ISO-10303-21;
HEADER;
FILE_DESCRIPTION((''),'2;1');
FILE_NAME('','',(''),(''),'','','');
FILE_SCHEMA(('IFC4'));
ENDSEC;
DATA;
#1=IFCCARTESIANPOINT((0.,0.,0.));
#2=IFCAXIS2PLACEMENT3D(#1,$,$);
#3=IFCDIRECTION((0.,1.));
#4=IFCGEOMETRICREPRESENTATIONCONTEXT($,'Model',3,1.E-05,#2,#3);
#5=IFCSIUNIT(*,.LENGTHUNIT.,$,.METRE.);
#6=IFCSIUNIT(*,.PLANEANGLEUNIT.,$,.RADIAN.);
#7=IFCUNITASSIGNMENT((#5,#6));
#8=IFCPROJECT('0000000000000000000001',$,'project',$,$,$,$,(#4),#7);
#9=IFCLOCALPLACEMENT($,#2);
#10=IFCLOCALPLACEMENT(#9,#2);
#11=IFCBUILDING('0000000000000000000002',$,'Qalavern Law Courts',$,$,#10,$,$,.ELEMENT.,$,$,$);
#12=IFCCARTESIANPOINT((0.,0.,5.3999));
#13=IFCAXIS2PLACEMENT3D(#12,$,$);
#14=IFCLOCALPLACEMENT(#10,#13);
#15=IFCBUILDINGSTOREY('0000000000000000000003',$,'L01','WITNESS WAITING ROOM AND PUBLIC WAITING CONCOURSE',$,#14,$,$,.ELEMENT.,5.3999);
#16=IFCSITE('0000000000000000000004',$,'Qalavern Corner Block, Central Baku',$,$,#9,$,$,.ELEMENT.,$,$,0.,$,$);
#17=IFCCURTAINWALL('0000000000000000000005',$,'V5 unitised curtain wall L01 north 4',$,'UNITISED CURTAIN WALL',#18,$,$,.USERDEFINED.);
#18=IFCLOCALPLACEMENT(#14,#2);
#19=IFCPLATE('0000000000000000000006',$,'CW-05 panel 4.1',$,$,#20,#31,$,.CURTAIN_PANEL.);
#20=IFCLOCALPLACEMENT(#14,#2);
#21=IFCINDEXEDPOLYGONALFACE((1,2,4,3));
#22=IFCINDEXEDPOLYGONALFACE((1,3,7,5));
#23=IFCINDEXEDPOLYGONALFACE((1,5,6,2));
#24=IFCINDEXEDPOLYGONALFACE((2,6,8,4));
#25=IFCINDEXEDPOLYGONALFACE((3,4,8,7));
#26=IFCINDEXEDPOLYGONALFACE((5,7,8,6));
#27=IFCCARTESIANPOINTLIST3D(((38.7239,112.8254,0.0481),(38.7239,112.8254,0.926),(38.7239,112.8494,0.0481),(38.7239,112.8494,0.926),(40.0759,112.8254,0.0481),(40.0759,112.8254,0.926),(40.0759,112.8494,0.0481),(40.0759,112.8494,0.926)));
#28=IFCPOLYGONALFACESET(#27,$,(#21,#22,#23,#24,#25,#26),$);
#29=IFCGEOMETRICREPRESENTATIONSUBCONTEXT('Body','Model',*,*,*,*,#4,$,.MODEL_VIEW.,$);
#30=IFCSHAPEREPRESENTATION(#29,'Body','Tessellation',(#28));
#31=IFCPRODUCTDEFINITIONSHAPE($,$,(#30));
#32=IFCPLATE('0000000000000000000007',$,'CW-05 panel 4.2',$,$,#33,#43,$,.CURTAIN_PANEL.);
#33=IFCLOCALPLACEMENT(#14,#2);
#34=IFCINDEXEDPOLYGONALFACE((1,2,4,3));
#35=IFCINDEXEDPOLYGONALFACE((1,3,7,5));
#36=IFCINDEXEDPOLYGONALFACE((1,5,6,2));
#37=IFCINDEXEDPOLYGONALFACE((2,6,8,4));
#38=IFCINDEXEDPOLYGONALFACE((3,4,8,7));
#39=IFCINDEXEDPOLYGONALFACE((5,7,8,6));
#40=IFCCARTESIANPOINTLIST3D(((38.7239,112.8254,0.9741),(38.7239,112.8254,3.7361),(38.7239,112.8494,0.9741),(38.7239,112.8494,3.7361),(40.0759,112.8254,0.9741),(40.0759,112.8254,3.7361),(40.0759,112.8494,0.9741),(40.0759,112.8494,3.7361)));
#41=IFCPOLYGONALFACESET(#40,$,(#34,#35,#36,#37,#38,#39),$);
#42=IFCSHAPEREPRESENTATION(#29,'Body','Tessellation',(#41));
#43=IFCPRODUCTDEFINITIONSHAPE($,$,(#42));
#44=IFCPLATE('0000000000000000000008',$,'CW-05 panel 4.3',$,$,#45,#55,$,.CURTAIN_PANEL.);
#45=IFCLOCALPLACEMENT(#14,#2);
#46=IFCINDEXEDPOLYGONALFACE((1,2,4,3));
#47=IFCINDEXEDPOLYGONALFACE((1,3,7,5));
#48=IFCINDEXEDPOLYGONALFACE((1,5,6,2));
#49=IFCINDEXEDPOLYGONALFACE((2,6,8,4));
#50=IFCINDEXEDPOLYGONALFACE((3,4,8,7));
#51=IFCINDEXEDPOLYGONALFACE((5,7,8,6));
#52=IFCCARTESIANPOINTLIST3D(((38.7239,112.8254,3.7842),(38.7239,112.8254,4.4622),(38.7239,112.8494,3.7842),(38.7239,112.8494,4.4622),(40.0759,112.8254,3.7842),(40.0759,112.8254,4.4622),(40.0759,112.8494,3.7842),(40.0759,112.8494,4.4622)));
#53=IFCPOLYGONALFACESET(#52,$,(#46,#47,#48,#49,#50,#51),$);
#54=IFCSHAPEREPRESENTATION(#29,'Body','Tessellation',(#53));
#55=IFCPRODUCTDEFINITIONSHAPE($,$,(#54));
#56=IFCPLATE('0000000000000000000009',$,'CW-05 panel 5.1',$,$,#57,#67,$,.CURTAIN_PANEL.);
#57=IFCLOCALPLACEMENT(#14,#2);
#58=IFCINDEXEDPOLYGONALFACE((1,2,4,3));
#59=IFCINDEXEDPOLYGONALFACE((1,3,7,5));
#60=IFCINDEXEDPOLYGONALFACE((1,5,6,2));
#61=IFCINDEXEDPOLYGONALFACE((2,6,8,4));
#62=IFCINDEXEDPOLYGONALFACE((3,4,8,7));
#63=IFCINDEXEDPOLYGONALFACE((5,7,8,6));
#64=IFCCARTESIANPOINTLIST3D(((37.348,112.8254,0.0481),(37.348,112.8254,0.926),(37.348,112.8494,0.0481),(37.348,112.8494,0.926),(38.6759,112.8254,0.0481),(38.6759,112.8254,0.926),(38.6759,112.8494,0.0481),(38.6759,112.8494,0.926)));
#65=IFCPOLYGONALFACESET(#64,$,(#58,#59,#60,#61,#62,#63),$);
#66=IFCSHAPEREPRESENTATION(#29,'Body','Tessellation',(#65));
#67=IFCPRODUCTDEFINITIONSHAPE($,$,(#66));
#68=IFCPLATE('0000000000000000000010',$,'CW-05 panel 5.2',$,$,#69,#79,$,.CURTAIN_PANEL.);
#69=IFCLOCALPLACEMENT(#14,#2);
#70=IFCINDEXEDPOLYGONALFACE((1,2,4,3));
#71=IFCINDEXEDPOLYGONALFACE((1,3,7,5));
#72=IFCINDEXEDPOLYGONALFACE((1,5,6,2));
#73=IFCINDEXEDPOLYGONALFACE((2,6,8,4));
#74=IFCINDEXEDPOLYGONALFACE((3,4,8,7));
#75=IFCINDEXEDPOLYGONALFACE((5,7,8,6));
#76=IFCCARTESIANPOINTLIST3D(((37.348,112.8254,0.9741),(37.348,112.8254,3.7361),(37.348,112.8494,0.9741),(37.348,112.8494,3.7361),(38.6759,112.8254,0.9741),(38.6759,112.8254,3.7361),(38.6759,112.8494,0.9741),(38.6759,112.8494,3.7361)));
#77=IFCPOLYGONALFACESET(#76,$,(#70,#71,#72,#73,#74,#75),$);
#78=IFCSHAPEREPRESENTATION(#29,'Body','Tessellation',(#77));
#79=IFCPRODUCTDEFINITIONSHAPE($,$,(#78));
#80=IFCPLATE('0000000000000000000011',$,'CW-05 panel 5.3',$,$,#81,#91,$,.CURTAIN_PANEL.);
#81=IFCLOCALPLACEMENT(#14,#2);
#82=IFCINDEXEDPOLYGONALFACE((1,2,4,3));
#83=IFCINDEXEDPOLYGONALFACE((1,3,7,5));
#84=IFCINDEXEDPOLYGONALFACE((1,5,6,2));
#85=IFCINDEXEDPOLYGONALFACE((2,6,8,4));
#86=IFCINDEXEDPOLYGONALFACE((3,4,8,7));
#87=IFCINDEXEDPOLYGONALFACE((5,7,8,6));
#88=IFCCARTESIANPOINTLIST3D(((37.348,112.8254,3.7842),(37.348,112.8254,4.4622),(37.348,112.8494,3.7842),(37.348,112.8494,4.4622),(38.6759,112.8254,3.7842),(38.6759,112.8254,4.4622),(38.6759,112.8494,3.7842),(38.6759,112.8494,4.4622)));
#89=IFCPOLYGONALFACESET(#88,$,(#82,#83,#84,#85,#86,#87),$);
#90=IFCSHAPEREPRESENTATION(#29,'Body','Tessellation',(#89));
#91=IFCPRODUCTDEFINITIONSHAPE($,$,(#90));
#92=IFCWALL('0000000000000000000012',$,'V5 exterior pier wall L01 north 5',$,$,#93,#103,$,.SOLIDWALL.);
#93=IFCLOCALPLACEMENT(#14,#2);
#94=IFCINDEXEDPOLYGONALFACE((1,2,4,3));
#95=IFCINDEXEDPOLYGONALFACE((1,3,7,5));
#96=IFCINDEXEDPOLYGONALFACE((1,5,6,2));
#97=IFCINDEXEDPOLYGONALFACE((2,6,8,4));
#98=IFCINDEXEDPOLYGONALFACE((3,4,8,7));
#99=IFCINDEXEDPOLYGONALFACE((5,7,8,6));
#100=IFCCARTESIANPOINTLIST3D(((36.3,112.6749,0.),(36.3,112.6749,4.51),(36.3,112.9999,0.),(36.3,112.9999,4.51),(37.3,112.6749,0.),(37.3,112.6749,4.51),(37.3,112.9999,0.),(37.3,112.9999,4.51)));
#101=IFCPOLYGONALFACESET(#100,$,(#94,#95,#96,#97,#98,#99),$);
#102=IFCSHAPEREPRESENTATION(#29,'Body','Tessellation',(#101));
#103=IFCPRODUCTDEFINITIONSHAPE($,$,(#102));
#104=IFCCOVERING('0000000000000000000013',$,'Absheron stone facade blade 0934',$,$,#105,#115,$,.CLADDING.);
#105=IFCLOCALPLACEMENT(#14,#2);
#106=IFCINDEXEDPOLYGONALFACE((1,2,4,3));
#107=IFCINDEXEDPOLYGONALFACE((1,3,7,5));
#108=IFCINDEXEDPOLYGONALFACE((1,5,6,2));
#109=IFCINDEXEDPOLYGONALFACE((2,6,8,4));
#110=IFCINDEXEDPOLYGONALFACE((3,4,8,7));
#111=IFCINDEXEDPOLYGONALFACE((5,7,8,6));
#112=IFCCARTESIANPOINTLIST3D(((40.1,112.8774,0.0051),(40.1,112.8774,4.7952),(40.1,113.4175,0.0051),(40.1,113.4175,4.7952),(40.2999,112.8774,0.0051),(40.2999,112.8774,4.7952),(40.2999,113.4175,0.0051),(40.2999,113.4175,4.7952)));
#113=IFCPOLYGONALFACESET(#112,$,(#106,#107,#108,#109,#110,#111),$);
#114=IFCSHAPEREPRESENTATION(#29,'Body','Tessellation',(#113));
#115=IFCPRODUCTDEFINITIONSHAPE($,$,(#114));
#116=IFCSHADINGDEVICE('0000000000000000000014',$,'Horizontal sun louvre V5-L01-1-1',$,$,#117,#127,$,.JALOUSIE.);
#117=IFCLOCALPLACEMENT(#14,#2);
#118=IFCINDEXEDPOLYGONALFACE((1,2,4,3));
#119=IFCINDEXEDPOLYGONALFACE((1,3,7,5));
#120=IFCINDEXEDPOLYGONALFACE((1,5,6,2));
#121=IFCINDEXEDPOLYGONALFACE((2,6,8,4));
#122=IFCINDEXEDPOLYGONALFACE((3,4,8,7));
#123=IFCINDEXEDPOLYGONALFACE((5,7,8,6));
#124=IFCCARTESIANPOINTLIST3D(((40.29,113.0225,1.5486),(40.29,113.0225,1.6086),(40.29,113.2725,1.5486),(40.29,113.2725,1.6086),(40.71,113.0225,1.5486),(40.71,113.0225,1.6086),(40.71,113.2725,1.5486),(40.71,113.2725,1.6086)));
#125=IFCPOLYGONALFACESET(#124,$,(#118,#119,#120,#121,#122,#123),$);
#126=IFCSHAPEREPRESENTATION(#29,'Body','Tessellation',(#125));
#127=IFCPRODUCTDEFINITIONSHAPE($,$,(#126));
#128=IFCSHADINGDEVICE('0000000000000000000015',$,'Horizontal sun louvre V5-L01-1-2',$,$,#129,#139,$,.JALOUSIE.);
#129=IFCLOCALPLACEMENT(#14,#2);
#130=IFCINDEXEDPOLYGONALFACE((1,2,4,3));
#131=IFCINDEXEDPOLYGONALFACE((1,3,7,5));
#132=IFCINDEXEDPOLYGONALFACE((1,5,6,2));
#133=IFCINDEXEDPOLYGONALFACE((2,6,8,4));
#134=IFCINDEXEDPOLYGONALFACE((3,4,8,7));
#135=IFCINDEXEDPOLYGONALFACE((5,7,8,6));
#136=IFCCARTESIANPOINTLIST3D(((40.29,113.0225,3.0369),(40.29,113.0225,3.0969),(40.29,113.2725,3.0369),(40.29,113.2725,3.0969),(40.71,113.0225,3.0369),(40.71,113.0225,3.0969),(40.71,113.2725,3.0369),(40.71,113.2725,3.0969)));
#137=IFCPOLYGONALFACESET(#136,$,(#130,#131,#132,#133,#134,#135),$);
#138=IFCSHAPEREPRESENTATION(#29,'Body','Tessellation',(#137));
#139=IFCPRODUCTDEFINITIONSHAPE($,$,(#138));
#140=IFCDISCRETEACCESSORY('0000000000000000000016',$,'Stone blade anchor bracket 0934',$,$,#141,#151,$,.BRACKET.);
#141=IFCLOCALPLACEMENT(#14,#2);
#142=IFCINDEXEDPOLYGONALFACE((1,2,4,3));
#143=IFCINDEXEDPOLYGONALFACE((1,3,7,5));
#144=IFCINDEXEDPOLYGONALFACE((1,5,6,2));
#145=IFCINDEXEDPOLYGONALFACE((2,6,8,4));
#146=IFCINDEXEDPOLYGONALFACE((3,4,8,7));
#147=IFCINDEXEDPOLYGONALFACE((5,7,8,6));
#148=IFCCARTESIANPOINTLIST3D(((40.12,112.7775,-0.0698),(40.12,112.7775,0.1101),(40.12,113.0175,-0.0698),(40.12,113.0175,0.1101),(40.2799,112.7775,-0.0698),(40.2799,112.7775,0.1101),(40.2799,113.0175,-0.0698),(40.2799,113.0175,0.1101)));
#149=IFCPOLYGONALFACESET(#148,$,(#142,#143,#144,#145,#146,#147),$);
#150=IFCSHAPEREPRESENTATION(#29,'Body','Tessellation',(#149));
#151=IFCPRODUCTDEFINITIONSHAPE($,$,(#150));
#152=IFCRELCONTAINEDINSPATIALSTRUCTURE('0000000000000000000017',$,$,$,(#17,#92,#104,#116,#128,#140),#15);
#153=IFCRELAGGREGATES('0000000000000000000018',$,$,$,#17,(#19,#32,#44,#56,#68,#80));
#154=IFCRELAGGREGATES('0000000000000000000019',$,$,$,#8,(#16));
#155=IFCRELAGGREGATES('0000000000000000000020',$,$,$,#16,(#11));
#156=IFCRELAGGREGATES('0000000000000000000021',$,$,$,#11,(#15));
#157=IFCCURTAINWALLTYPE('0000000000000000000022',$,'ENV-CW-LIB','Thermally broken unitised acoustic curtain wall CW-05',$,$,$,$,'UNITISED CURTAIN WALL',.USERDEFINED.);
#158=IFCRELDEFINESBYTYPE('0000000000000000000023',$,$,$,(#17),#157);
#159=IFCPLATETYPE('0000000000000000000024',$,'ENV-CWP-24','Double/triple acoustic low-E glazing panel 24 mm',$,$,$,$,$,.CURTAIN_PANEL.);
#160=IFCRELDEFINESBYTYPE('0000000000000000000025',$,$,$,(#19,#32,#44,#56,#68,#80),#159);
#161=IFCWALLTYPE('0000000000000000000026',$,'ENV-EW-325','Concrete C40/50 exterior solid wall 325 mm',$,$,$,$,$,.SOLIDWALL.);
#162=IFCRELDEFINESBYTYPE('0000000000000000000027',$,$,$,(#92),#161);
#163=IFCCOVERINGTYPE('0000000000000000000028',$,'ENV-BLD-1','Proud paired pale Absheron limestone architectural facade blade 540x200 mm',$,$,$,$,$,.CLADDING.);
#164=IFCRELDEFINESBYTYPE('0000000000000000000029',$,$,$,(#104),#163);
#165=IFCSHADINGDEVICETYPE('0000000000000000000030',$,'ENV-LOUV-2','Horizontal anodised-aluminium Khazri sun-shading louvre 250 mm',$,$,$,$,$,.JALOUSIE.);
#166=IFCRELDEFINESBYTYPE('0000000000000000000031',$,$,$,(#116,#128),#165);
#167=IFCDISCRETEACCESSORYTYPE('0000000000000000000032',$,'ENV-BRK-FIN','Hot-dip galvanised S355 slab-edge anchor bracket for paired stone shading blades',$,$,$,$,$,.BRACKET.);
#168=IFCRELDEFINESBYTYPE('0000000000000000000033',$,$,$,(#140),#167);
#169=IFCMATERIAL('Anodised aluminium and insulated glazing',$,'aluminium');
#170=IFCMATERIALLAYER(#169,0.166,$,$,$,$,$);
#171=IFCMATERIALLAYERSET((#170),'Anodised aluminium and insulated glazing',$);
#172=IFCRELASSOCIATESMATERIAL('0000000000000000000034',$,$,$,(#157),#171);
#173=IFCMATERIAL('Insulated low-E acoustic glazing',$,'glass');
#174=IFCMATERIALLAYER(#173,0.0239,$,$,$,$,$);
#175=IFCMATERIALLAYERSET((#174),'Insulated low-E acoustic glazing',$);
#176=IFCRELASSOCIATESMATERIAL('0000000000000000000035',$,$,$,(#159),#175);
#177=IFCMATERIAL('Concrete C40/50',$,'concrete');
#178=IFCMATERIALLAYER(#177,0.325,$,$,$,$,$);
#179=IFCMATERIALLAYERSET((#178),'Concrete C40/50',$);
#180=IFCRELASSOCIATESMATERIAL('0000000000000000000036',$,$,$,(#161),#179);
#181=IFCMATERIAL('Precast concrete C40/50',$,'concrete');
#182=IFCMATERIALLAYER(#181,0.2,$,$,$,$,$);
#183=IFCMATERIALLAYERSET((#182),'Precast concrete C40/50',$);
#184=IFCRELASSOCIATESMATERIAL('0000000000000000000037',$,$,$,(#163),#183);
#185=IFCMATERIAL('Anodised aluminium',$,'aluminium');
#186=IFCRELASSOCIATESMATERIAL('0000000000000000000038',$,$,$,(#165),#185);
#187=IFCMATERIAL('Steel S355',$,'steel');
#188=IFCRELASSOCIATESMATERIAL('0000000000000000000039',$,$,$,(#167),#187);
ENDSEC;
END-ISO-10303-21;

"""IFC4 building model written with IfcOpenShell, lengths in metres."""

from ifc_helpers import new_model, si_unit, direction, frame, frame_2d, origin, origin_2d, place, context, subcontext, project, spatial, rectangle, extrude, material, layer, layer_set, type_object, element, aggregate, save


model = new_model("IFC4")

# Units and contexts
model_context = context("Model", 3, precision=1e-05, world=origin(), true_north=direction((0.0, 1.0)))
body_context = subcontext(model_context, "Body", "Model", "MODEL_VIEW")
ifc_project = project(units=[si_unit("LENGTHUNIT", "METRE"), si_unit("PLANEANGLEUNIT", "RADIAN")], contexts=[model_context])

# Site, building, storey
site_placement = place(None, origin())
site = spatial("IfcSite", under=ifc_project, at=site_placement, Name="Qalavern Corner Block, Central Baku", CompositionType="ELEMENT", RefElevation=0.0)
building_placement = place(site_placement, origin())
building = spatial("IfcBuilding", under=site, at=building_placement, Name="Qalavern Law Courts", CompositionType="ELEMENT")
storey_placement = place(building_placement, frame((0.0, 0.0, 5.3999)))
storey = spatial("IfcBuildingStorey", under=building, at=storey_placement, Name="L01", Description="WITNESS WAITING ROOM AND PUBLIC WAITING CONCOURSE", CompositionType="ELEMENT", Elevation=5.3999)

# Curtain wall, plates
ifc_material_1 = material(Name="Anodised aluminium and insulated glazing", Category="aluminium")
ifc_layer_1 = layer(ifc_material_1, 0.166)
ifc_layer_set_1 = layer_set([ifc_layer_1], Name="Anodised aluminium and insulated glazing")
curtain_wall_type = type_object("IfcCurtainWallType", Name="ENV-CW-LIB", Description="Thermally broken unitised acoustic curtain wall CW-05", ElementType="UNITISED CURTAIN WALL", PredefinedType="USERDEFINED", material=ifc_layer_set_1)
curtain_wall_placement = place(storey_placement, origin())
curtain_wall = element("IfcCurtainWall", 1, at=curtain_wall_placement, inside=storey, type_object=curtain_wall_type, Name="V5 unitised curtain wall L01 north 4", ObjectType="UNITISED CURTAIN WALL", PredefinedType="USERDEFINED")
ifc_material_2 = material(Name="Anodised aluminium", Category="aluminium")
ifc_material_3 = material(Name="Insulated low-E acoustic glazing", Category="glass")
ifc_layer_2 = layer(ifc_material_3, 0.0239)
ifc_layer_set_2 = layer_set([ifc_layer_2], Name="Insulated low-E acoustic glazing")
plate_type = type_object("IfcPlateType", Name="ENV-CWP-24", Description="Double/triple acoustic low-E glazing panel 24 mm", PredefinedType="CURTAIN_PANEL", material=ifc_layer_set_2)
plate_1_placement = place(storey_placement, frame((39.3999, 112.8374, 0.0481), z_axis=(0.0, 0.0, 1.0), x_axis=(-1.0, 0.0, 0.0)))
plate_1 = element("IfcPlate", 2, at=plate_1_placement, type_object=plate_type, Name="CW-05 panel 4.1", PredefinedType="CURTAIN_PANEL", context=body_context, shape_type="SweptSolid", body=[
    extrude(rectangle(XDim=1.3521, YDim=0.0239, at=origin_2d()), origin(), (0.0, 0.0, 1.0), 0.8779),
])
plate_2_placement = place(storey_placement, frame((39.3999, 112.8374, 0.9741), z_axis=(0.0, 0.0, 1.0), x_axis=(-1.0, 0.0, 0.0)))
plate_2 = element("IfcPlate", 3, at=plate_2_placement, type_object=plate_type, Name="CW-05 panel 4.2", PredefinedType="CURTAIN_PANEL", context=body_context, shape_type="SweptSolid", body=[
    extrude(rectangle(XDim=1.3521, YDim=0.0239, at=origin_2d()), origin(), (0.0, 0.0, 1.0), 2.762),
])
plate_3_placement = place(storey_placement, frame((39.3999, 112.8374, 3.7842), z_axis=(0.0, 0.0, 1.0), x_axis=(-1.0, 0.0, 0.0)))
plate_3 = element("IfcPlate", 4, at=plate_3_placement, type_object=plate_type, Name="CW-05 panel 4.3", PredefinedType="CURTAIN_PANEL", context=body_context, shape_type="SweptSolid", body=[
    extrude(rectangle(XDim=1.3521, YDim=0.0239, at=origin_2d()), origin(), (0.0, 0.0, 1.0), 0.678),
])
plate_4_placement = place(storey_placement, frame((38.012, 112.8374, 0.0481), z_axis=(0.0, 0.0, 1.0), x_axis=(-1.0, 0.0, 0.0)))
plate_4 = element("IfcPlate", 5, at=plate_4_placement, type_object=plate_type, Name="CW-05 panel 5.1", PredefinedType="CURTAIN_PANEL", context=body_context, shape_type="SweptSolid", body=[
    extrude(rectangle(XDim=1.3279, YDim=0.0239, at=origin_2d()), origin(), (0.0, 0.0, 1.0), 0.8779),
])
plate_5_placement = place(storey_placement, frame((38.012, 112.8374, 0.9741), z_axis=(0.0, 0.0, 1.0), x_axis=(-1.0, 0.0, 0.0)))
plate_5 = element("IfcPlate", 6, at=plate_5_placement, type_object=plate_type, Name="CW-05 panel 5.2", PredefinedType="CURTAIN_PANEL", context=body_context, shape_type="SweptSolid", body=[
    extrude(rectangle(XDim=1.3279, YDim=0.0239, at=origin_2d()), origin(), (0.0, 0.0, 1.0), 2.762),
])
plate_6_placement = place(storey_placement, frame((38.012, 112.8374, 3.7842), z_axis=(0.0, 0.0, 1.0), x_axis=(-1.0, 0.0, 0.0)))
plate_6 = element("IfcPlate", 7, at=plate_6_placement, type_object=plate_type, Name="CW-05 panel 5.3", PredefinedType="CURTAIN_PANEL", context=body_context, shape_type="SweptSolid", body=[
    extrude(rectangle(XDim=1.3279, YDim=0.0239, at=origin_2d()), origin(), (0.0, 0.0, 1.0), 0.678),
])
aggregate(curtain_wall, [plate_1, plate_2, plate_3, plate_4, plate_5, plate_6])

# Wall
ifc_material_4 = material(Name="Concrete C40/50", Category="concrete")
ifc_layer_3 = layer(ifc_material_4, 0.325)
ifc_layer_set_3 = layer_set([ifc_layer_3], Name="Concrete C40/50")
wall_type = type_object("IfcWallType", Name="ENV-EW-325", Description="Concrete C40/50 exterior solid wall 325 mm", PredefinedType="SOLIDWALL", material=ifc_layer_set_3)
wall_placement = place(storey_placement, frame((37.3, 112.8374, 0.0), z_axis=(0.0, 0.0, 1.0), x_axis=(-1.0, 0.0, 0.0)))
element("IfcWall", 8, at=wall_placement, inside=storey, type_object=wall_type, Name="V5 exterior pier wall L01 north 5", PredefinedType="SOLIDWALL", context=body_context, shape_type="SweptSolid", body=[
    extrude(rectangle(XDim=1.0, YDim=0.325, at=frame_2d((0.5, 0.0))), origin(), (0.0, 0.0, 1.0), 4.51),
])

# Covering
ifc_material_5 = material(Name="Precast concrete C40/50", Category="concrete")
ifc_layer_4 = layer(ifc_material_5, 0.2)
ifc_layer_set_4 = layer_set([ifc_layer_4], Name="Precast concrete C40/50")
covering_type = type_object("IfcCoveringType", Name="ENV-BLD-1", Description="Proud paired pale Absheron limestone architectural facade blade 540x200 mm", PredefinedType="CLADDING", material=ifc_layer_set_4)
covering_placement = place(storey_placement, frame((40.2, 113.1475, 0.0051), z_axis=(0.0, 0.0, 1.0), x_axis=(0.0, 1.0, 0.0)))
element("IfcCovering", 9, at=covering_placement, inside=storey, type_object=covering_type, Name="Absheron stone facade blade 0934", PredefinedType="CLADDING", context=body_context, shape_type="SweptSolid", body=[
    extrude(rectangle(XDim=0.54, YDim=0.2, at=origin_2d()), origin(), (0.0, 0.0, 1.0), 4.79),
])

# Shading devices
shading_device_type = type_object("IfcShadingDeviceType", Name="ENV-LOUV-2", Description="Horizontal anodised-aluminium Khazri sun-shading louvre 250 mm", PredefinedType="JALOUSIE", material=ifc_material_2)
for number, where, z_axis, x_axis, name in (
    (10, (40.5, 113.1475, 1.5486), (0.0, 0.0, 1.0), (-1.0, 0.0, 0.0), "Horizontal sun louvre V5-L01-1-1"),
    (11, (40.5, 113.1475, 3.0369), (0.0, 0.0, 1.0), (-1.0, 0.0, 0.0), "Horizontal sun louvre V5-L01-1-2"),
):
    element("IfcShadingDevice", number, at=place(storey_placement, frame(where, z_axis=z_axis, x_axis=x_axis)), inside=storey, type_object=shading_device_type, Name=name, PredefinedType="JALOUSIE", context=body_context, shape_type="SweptSolid", body=[
        extrude(rectangle(XDim=0.4199, YDim=0.25, at=origin_2d()), origin(), (0.0, 0.0, 1.0), 0.0601),
    ])

# Discrete accessory
ifc_material_6 = material(Name="Steel S355", Category="steel")
discrete_accessory_type = type_object("IfcDiscreteAccessoryType", Name="ENV-BRK-FIN", Description="Hot-dip galvanised S355 slab-edge anchor bracket for paired stone shading blades", PredefinedType="BRACKET", material=ifc_material_6)
discrete_accessory_placement = place(storey_placement, frame((40.2, 112.8975, -0.0698), z_axis=(0.0, 0.0, 1.0), x_axis=(0.0, 1.0, 0.0)))
element("IfcDiscreteAccessory", 12, at=discrete_accessory_placement, inside=storey, type_object=discrete_accessory_type, Name="Stone blade anchor bracket 0934", PredefinedType="BRACKET", context=body_context, shape_type="SweptSolid", body=[
    extrude(rectangle(XDim=0.24, YDim=0.1599, at=origin_2d()), origin(), (0.0, 0.0, 1.0), 0.1799),
])

save(model, "model.ifc")
